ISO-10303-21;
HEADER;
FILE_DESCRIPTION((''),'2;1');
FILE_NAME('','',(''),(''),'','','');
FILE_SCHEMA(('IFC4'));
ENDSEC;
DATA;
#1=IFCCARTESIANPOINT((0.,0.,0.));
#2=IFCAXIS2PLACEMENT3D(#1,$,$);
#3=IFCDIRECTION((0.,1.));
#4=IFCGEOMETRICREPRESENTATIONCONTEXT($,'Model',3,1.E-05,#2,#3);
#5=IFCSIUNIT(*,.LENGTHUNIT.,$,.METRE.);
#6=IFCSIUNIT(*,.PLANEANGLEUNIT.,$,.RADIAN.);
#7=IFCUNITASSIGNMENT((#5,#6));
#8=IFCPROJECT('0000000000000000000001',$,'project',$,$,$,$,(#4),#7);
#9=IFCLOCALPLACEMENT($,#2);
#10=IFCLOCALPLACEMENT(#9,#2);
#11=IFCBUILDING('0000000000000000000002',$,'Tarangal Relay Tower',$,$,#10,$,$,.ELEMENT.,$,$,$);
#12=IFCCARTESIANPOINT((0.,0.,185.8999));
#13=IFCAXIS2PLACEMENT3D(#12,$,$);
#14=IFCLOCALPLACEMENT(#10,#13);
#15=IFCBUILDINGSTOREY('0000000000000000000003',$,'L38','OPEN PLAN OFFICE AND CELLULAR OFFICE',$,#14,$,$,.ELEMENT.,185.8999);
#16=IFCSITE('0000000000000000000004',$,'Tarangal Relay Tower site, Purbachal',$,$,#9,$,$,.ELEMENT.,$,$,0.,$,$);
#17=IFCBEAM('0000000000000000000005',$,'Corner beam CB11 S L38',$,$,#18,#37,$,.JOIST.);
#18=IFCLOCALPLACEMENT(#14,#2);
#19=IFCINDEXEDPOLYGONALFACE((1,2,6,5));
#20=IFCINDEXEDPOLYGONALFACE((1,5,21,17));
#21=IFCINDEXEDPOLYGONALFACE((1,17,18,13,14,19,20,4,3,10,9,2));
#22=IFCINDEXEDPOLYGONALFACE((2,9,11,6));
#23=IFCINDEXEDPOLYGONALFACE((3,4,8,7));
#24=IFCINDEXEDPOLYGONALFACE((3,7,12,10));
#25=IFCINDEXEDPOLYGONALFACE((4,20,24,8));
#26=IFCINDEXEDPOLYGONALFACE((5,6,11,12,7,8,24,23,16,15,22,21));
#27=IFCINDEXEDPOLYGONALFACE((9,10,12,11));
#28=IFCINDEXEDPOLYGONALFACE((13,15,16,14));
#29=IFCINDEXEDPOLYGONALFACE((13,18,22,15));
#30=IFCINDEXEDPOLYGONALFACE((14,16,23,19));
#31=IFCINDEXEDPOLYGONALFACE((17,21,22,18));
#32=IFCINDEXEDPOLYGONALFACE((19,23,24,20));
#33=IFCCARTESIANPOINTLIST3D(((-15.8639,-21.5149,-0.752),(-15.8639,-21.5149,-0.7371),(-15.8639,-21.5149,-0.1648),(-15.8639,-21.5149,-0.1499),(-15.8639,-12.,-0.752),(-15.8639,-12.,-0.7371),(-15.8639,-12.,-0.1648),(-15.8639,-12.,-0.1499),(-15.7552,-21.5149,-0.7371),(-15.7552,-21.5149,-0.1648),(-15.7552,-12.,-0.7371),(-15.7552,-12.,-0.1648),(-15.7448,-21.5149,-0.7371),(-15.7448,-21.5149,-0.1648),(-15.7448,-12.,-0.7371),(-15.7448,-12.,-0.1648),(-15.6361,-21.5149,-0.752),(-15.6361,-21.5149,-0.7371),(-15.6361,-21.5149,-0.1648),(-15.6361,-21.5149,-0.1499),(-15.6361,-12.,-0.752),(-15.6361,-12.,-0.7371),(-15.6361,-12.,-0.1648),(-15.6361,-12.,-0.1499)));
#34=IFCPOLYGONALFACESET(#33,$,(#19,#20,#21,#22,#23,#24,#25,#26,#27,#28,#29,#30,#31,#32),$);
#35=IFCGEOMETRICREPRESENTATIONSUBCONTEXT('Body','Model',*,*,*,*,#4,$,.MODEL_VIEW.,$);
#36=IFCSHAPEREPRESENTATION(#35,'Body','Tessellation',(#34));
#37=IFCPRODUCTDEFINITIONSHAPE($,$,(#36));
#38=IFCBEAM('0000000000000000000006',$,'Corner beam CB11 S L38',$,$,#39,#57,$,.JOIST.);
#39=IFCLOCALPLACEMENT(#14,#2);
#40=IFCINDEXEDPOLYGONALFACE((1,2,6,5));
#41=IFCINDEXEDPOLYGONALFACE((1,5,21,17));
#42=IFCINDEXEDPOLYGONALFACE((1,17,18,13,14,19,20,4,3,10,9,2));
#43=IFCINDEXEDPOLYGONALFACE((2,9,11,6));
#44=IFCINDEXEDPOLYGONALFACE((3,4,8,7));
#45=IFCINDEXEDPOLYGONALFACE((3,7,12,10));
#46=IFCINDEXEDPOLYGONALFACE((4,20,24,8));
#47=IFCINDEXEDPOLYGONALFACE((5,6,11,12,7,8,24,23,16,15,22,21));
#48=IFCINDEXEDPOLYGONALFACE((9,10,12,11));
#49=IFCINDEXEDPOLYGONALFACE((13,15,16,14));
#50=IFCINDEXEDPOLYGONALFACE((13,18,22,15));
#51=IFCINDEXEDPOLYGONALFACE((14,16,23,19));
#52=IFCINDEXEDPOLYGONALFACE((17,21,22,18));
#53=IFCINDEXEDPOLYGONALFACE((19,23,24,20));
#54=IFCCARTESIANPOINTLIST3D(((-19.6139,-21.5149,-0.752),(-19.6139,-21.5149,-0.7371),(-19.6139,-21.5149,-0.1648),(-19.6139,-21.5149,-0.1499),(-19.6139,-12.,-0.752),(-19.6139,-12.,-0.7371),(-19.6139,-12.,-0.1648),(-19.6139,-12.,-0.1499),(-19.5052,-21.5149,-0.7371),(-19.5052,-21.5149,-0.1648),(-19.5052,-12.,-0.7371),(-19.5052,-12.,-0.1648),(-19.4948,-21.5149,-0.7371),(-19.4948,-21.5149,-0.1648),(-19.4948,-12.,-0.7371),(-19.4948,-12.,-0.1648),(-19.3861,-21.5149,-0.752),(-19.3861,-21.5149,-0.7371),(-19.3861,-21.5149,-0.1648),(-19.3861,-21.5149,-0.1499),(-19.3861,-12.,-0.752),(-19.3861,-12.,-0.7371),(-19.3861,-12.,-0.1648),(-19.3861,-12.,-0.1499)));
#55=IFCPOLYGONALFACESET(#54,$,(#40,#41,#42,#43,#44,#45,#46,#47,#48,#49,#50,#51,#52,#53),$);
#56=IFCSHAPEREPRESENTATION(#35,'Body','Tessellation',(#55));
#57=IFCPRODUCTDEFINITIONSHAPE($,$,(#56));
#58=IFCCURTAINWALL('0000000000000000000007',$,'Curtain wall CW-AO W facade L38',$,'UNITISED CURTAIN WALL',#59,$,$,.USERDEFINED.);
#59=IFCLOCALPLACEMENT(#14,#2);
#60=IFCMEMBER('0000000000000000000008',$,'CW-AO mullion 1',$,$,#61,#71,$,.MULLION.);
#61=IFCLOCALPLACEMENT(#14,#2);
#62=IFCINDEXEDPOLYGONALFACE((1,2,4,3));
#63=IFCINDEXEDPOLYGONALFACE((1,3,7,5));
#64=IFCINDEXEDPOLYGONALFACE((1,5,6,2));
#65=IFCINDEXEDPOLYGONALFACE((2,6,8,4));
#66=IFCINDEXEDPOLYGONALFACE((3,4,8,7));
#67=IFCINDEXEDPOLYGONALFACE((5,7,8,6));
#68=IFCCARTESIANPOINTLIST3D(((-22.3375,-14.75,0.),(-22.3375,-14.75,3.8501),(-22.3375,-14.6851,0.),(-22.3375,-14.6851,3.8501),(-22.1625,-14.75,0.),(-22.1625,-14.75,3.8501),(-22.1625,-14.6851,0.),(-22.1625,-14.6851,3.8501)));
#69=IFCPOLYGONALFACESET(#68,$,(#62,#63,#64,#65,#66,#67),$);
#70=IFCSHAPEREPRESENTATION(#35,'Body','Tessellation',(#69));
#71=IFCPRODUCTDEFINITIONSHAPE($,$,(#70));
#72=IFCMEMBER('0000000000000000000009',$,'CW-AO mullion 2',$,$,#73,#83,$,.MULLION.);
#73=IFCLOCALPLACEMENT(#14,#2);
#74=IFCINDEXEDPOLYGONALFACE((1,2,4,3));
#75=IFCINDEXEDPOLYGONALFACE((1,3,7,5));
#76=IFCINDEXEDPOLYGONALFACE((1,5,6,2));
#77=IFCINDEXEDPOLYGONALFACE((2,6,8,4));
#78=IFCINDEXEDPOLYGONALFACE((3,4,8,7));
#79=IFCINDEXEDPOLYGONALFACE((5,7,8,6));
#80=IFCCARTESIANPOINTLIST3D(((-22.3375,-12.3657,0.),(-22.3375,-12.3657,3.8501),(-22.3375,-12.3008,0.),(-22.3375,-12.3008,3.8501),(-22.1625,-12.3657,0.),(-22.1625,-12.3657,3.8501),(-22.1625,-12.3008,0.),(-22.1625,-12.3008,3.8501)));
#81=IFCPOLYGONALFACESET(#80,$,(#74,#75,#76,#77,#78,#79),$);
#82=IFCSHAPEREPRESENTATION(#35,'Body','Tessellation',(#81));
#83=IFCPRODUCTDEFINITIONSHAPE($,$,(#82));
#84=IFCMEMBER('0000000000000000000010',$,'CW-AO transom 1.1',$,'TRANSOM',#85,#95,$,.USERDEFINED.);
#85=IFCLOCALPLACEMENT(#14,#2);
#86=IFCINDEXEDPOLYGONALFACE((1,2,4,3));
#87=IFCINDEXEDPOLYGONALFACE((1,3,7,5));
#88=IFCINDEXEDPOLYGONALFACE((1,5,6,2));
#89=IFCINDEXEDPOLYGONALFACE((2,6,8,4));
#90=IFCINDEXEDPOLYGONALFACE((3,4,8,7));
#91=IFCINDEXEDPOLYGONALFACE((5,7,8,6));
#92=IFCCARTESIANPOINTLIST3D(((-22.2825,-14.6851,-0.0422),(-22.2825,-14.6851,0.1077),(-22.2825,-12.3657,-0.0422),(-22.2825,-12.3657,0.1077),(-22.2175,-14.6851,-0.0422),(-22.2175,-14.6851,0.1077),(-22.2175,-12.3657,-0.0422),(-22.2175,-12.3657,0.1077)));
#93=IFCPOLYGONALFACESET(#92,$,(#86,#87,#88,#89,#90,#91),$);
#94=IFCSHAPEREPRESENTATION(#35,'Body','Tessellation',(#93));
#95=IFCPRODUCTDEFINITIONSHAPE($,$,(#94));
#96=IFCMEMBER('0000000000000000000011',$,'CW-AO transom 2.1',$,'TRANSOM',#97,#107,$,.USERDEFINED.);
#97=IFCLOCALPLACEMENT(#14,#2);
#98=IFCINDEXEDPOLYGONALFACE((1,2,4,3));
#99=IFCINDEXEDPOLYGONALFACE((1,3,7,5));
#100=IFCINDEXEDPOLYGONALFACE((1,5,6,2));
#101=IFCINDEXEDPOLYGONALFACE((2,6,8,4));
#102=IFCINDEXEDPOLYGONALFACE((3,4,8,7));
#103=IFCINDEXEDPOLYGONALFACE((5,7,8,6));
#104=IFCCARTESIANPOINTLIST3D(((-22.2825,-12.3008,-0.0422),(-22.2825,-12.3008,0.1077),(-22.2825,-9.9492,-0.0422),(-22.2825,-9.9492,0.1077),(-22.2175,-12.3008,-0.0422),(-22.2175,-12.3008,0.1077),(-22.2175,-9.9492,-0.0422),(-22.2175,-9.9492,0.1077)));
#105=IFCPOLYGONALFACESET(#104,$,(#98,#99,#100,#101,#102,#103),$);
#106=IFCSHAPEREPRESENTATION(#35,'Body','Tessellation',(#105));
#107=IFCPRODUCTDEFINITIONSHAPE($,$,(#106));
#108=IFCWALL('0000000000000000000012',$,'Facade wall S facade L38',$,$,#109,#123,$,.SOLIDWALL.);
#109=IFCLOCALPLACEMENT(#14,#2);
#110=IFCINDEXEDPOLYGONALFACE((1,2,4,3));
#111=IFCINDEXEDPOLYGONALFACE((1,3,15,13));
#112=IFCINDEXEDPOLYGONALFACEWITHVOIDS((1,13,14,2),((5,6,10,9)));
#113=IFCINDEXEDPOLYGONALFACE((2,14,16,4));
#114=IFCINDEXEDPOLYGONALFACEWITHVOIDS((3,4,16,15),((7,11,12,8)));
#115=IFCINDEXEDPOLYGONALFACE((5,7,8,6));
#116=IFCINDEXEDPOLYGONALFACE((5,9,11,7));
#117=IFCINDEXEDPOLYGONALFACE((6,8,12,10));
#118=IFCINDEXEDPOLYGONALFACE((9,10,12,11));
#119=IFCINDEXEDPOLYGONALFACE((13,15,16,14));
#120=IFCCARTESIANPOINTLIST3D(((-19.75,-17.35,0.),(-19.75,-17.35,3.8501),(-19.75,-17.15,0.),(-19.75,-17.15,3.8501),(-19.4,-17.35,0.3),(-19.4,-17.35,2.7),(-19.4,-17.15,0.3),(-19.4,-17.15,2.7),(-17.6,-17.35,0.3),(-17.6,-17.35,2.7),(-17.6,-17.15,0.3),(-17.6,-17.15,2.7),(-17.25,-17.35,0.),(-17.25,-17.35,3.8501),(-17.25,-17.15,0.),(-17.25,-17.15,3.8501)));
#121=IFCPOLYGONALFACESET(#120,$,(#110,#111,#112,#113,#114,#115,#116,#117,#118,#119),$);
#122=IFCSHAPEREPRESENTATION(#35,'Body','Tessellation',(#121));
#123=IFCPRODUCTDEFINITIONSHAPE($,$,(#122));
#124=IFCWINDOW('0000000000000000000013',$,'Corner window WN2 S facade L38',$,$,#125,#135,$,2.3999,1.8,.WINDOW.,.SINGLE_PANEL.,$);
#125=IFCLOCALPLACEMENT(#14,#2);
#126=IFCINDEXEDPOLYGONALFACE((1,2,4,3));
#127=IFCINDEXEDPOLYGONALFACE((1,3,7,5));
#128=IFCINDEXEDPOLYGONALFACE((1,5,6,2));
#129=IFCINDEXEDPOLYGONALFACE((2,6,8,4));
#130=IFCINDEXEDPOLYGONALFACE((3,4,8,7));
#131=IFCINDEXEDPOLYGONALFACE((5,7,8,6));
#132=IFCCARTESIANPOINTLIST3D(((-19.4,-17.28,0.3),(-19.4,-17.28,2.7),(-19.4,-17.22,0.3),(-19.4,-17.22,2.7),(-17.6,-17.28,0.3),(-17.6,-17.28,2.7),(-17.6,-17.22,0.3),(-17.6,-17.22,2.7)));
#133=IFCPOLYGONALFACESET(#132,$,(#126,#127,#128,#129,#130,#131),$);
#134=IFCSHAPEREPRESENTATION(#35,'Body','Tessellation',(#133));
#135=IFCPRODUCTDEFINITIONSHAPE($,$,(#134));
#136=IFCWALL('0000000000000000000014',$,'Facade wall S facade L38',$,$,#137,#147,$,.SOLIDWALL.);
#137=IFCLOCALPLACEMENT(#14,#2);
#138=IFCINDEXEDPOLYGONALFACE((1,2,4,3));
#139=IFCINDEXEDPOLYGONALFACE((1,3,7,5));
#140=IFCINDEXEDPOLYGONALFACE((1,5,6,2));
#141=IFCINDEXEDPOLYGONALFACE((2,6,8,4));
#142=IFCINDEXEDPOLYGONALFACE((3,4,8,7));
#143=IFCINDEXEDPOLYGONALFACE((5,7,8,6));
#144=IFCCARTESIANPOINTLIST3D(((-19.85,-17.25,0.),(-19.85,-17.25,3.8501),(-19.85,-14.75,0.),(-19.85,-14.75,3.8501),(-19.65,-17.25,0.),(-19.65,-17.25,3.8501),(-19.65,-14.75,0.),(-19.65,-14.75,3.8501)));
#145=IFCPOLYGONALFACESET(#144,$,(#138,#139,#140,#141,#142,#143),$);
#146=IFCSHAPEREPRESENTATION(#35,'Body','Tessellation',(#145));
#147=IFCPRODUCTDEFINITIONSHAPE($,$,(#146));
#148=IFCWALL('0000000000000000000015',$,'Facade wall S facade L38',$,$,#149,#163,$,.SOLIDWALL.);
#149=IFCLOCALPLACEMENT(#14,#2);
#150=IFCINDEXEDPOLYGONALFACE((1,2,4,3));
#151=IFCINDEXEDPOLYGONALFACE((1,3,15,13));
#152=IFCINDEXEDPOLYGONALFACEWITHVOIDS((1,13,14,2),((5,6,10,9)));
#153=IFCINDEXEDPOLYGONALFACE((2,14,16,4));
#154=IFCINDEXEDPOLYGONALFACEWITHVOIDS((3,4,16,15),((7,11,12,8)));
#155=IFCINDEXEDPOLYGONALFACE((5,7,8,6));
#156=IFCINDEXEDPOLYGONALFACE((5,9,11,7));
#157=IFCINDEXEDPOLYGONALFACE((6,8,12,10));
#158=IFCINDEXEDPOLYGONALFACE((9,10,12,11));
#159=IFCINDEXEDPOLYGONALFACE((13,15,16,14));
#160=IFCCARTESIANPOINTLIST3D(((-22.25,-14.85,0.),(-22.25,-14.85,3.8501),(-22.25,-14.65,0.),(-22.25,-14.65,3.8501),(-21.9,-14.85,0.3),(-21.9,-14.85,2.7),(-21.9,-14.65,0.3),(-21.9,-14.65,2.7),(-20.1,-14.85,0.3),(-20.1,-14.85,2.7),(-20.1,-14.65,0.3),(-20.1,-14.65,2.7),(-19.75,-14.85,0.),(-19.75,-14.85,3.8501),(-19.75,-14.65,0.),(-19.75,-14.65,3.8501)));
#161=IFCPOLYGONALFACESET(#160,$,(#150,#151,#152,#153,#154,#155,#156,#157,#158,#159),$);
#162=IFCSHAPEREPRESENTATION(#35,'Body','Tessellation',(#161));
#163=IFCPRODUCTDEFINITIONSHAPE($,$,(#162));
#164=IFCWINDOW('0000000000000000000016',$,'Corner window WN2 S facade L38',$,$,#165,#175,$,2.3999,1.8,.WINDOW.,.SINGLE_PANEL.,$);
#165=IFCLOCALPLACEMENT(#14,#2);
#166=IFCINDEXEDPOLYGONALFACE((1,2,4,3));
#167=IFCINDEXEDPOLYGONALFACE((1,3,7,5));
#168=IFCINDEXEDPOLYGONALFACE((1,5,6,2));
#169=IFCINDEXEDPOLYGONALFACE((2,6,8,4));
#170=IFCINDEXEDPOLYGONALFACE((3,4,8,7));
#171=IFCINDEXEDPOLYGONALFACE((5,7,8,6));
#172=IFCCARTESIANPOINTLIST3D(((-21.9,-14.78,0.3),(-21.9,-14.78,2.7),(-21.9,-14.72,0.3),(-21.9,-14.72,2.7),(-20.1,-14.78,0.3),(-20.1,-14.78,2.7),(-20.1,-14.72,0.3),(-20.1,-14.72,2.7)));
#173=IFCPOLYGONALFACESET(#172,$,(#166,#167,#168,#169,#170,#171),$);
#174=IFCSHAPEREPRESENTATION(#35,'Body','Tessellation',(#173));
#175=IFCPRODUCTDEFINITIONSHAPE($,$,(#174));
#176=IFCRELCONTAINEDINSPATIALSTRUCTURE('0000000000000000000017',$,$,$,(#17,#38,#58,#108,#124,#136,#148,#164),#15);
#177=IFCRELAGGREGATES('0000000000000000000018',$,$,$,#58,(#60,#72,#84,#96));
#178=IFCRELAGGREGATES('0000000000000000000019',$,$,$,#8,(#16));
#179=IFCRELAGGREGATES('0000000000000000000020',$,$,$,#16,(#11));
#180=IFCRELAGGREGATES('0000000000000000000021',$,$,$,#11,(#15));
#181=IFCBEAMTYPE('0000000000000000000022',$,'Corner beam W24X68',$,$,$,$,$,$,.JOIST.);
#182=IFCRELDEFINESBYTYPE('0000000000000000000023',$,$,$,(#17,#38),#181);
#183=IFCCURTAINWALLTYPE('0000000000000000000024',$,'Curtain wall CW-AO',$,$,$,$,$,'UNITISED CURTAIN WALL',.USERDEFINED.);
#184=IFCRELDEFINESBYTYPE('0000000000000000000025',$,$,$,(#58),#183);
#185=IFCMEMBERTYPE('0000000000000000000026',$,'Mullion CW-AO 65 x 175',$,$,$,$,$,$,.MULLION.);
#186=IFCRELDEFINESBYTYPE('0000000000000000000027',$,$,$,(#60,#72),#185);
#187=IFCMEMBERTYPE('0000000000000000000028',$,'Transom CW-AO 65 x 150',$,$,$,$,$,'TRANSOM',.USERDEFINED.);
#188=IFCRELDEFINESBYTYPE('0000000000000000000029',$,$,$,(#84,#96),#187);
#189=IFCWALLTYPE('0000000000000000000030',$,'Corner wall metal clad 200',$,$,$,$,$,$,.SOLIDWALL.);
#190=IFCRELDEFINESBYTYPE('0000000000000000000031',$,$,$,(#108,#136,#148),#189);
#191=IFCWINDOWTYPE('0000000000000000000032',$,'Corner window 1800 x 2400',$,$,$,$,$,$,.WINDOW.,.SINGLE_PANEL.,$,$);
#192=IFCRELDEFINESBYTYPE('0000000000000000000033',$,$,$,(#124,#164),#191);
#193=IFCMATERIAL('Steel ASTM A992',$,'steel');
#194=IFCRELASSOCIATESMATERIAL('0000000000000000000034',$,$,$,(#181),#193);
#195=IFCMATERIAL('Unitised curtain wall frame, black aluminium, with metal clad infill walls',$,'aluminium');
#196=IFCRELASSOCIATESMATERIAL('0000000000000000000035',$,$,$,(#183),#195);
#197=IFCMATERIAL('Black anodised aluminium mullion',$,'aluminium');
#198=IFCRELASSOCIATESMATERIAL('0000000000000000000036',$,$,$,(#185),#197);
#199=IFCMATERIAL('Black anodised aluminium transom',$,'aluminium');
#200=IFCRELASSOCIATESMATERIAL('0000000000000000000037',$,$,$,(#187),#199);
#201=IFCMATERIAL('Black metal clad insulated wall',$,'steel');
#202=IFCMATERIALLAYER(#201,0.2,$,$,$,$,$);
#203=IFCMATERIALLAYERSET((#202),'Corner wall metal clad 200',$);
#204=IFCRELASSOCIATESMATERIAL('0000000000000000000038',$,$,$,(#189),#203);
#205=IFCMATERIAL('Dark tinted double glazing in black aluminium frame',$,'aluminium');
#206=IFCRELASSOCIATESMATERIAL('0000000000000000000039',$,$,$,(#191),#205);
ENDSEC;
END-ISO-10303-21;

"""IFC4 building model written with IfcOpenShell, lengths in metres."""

from ifc_helpers import new_model, si_unit, direction, frame, frame_2d, origin, origin_2d, place, context, subcontext, project, spatial, rectangle, i_section, extrude, material, layer, layer_set, material_profile, profile_set, type_object, element, fill, aggregate, save


model = new_model("IFC4")

# Units and contexts
model_context = context("Model", 3, precision=1e-05, world=origin(), true_north=direction((0.0, 1.0)))
body_context = subcontext(model_context, "Body", "Model", "MODEL_VIEW")
ifc_project = project(units=[si_unit("LENGTHUNIT", "METRE"), si_unit("PLANEANGLEUNIT", "RADIAN")], contexts=[model_context])

# Site, building, storey
site_placement = place(None, origin())
site = spatial("IfcSite", under=ifc_project, at=site_placement, Name="Tarangal Relay Tower site, Purbachal", CompositionType="ELEMENT", RefElevation=0.0)
building_placement = place(site_placement, origin())
building = spatial("IfcBuilding", under=site, at=building_placement, Name="Tarangal Relay Tower", CompositionType="ELEMENT")
storey_placement = place(building_placement, frame((0.0, 0.0, 185.8999)))
storey = spatial("IfcBuildingStorey", under=building, at=storey_placement, Name="L38", Description="OPEN PLAN OFFICE AND CELLULAR OFFICE", CompositionType="ELEMENT", Elevation=185.8999)

# Beams
ifc_material_1 = material(Name="Steel ASTM A992", Category="steel")
ifc_material_profile_1 = material_profile(ifc_material_1, i_section(OverallWidth=0.2278, OverallDepth=0.6021, WebThickness=0.0105, FlangeThickness=0.0149, at=origin_2d()), Name="W24X68")
ifc_profile_set_1 = profile_set([ifc_material_profile_1], Name="Steel ASTM A992")
beam_type = type_object("IfcBeamType", Name="Corner beam W24X68", PredefinedType="JOIST", material=ifc_profile_set_1)
for number, where, z_axis, x_axis, name in (
    (1, (-15.75, -12.0, -0.4509), (0.0, -1.0, 0.0), (1.0, 0.0, 0.0), "Corner beam CB11 S L38"),
    (2, (-19.5, -12.0, -0.4509), (0.0, -1.0, 0.0), (1.0, 0.0, 0.0), "Corner beam CB11 S L38"),
):
    element("IfcBeam", number, at=place(storey_placement, frame(where, z_axis=z_axis, x_axis=x_axis)), inside=storey, type_object=beam_type, Name=name, PredefinedType="JOIST", context=body_context, shape_type="SweptSolid", body=[
        extrude(i_section(OverallWidth=0.2278, OverallDepth=0.6021, WebThickness=0.0105, FlangeThickness=0.0149, at=origin_2d()), origin(), (0.0, 0.0, 1.0), 9.5149),
    ])

# Curtain wall, members
ifc_material_2 = material(Name="Unitised curtain wall frame, black aluminium, with metal clad infill walls", Category="aluminium")
curtain_wall_type = type_object("IfcCurtainWallType", Name="Curtain wall CW-AO", ElementType="UNITISED CURTAIN WALL", PredefinedType="USERDEFINED", material=ifc_material_2)
curtain_wall_placement = place(storey_placement, origin())
curtain_wall = element("IfcCurtainWall", 3, at=curtain_wall_placement, inside=storey, type_object=curtain_wall_type, Name="Curtain wall CW-AO W facade L38", ObjectType="UNITISED CURTAIN WALL", PredefinedType="USERDEFINED")
ifc_material_3 = material(Name="Black anodised aluminium mullion", Category="aluminium")
ifc_material_profile_2 = material_profile(ifc_material_3, rectangle(XDim=0.175, YDim=0.0649, at=origin_2d()), Name="CW-AOM 65X175")
ifc_profile_set_2 = profile_set([ifc_material_profile_2], Name="Black anodised aluminium mullion")
member_type_1 = type_object("IfcMemberType", Name="Mullion CW-AO 65 x 175", PredefinedType="MULLION", material=ifc_profile_set_2)
member_1_placement = place(storey_placement, frame((-22.25, -14.7175, 0.0), z_axis=(0.0, 0.0, 1.0), x_axis=(-1.0, 0.0, 0.0)))
member_1 = element("IfcMember", 4, at=member_1_placement, type_object=member_type_1, Name="CW-AO mullion 1", PredefinedType="MULLION", context=body_context, shape_type="SweptSolid", body=[
    extrude(rectangle(XDim=0.175, YDim=0.0649, at=origin_2d()), origin(), (0.0, 0.0, 1.0), 3.8501),
])
member_2_placement = place(storey_placement, frame((-22.25, -12.3333, 0.0), z_axis=(0.0, 0.0, 1.0), x_axis=(-1.0, 0.0, 0.0)))
member_2 = element("IfcMember", 5, at=member_2_placement, type_object=member_type_1, Name="CW-AO mullion 2", PredefinedType="MULLION", context=body_context, shape_type="SweptSolid", body=[
    extrude(rectangle(XDim=0.175, YDim=0.0649, at=origin_2d()), origin(), (0.0, 0.0, 1.0), 3.8501),
])
ifc_material_4 = material(Name="Black anodised aluminium transom", Category="aluminium")
ifc_material_profile_3 = material_profile(ifc_material_4, rectangle(XDim=0.0649, YDim=0.1499, at=origin_2d()), Name="CW-AOT 65X150")
ifc_profile_set_3 = profile_set([ifc_material_profile_3], Name="Black anodised aluminium transom")
member_type_2 = type_object("IfcMemberType", Name="Transom CW-AO 65 x 150", ElementType="TRANSOM", PredefinedType="USERDEFINED", material=ifc_profile_set_3)
member_3_placement = place(storey_placement, frame((-22.25, -14.6851, 0.0327), z_axis=(0.0, 1.0, 0.0), x_axis=(-1.0, 0.0, 0.0)))
member_3 = element("IfcMember", 6, at=member_3_placement, type_object=member_type_2, Name="CW-AO transom 1.1", ObjectType="TRANSOM", PredefinedType="USERDEFINED", context=body_context, shape_type="SweptSolid", body=[
    extrude(rectangle(XDim=0.0649, YDim=0.1499, at=origin_2d()), origin(), (0.0, 0.0, 1.0), 2.3193),
])
member_4_placement = place(storey_placement, frame((-22.25, -12.3008, 0.0327), z_axis=(0.0, 1.0, 0.0), x_axis=(-1.0, 0.0, 0.0)))
member_4 = element("IfcMember", 7, at=member_4_placement, type_object=member_type_2, Name="CW-AO transom 2.1", ObjectType="TRANSOM", PredefinedType="USERDEFINED", context=body_context, shape_type="SweptSolid", body=[
    extrude(rectangle(XDim=0.0649, YDim=0.1499, at=origin_2d()), origin(), (0.0, 0.0, 1.0), 2.3516),
])
aggregate(curtain_wall, [member_1, member_2, member_3, member_4])

# Wall, opening, window
ifc_material_5 = material(Name="Black metal clad insulated wall", Category="steel")
ifc_layer_1 = layer(ifc_material_5, 0.2)
ifc_layer_set_1 = layer_set([ifc_layer_1], Name="Corner wall metal clad 200")
wall_type_1 = type_object("IfcWallType", Name="Corner wall metal clad 200", PredefinedType="SOLIDWALL", material=ifc_layer_set_1)
wall_1_placement = place(storey_placement, frame((-17.25, -17.25, 0.0), z_axis=(0.0, 0.0, 1.0), x_axis=(-1.0, 0.0, 0.0)))
wall_1 = element("IfcWall", 8, at=wall_1_placement, inside=storey, type_object=wall_type_1, Name="Facade wall S facade L38", PredefinedType="SOLIDWALL", context=body_context, shape_type="SweptSolid", body=[
    extrude(rectangle(XDim=2.5, YDim=0.2, at=frame_2d((1.25, 0.0))), origin(), (0.0, 0.0, 1.0), 3.8501),
])
opening_1_placement = place(wall_1_placement, frame((0.3501, 0.0, 0.3)))
opening_1 = element("IfcOpeningElement", 9, at=opening_1_placement, cuts=wall_1, PredefinedType="OPENING", context=body_context, shape_type="SweptSolid", body=[
    extrude(rectangle(XDim=1.8, YDim=2.3999, at=frame_2d((0.8999, 1.2))), frame((0.0, 0.1099, 0.0), z_axis=(0.0, -1.0, 0.0), x_axis=(1.0, 0.0, 0.0)), (0.0, 0.0, 1.0), 0.22),
])
ifc_material_6 = material(Name="Dark tinted double glazing in black aluminium frame", Category="aluminium")
window_type = type_object("IfcWindowType", Name="Corner window 1800 x 2400", PartitioningType="SINGLE_PANEL", PredefinedType="WINDOW", material=ifc_material_6)
window_1_placement = place(opening_1_placement, origin())
window_1 = element("IfcWindow", 10, at=window_1_placement, inside=storey, type_object=window_type, Name="Corner window WN2 S facade L38", OverallHeight=2.3999, OverallWidth=1.8, PartitioningType="SINGLE_PANEL", PredefinedType="WINDOW", context=body_context, shape_type="SweptSolid", body=[
    extrude(rectangle(XDim=1.8, YDim=2.3999, at=frame_2d((0.8999, 1.2))), frame((0.0, 0.03, 0.0), z_axis=(0.0, -1.0, 0.0), x_axis=(1.0, 0.0, 0.0)), (0.0, 0.0, 1.0), 0.0601),
])
fill(opening_1, window_1)

# Wall
wall_2_placement = place(storey_placement, frame((-19.75, -17.25, 0.0), z_axis=(0.0, 0.0, 1.0), x_axis=(0.0, 1.0, 0.0)))
element("IfcWall", 11, at=wall_2_placement, inside=storey, type_object=wall_type_1, Name="Facade wall S facade L38", PredefinedType="SOLIDWALL", context=body_context, shape_type="SweptSolid", body=[
    extrude(rectangle(XDim=2.5, YDim=0.2, at=frame_2d((1.25, 0.0))), origin(), (0.0, 0.0, 1.0), 3.8501),
])

# Wall, opening, window
wall_3_placement = place(storey_placement, frame((-19.75, -14.75, 0.0), z_axis=(0.0, 0.0, 1.0), x_axis=(-1.0, 0.0, 0.0)))
wall_3 = element("IfcWall", 12, at=wall_3_placement, inside=storey, type_object=wall_type_1, Name="Facade wall S facade L38", PredefinedType="SOLIDWALL", context=body_context, shape_type="SweptSolid", body=[
    extrude(rectangle(XDim=2.5, YDim=0.2, at=frame_2d((1.25, 0.0))), origin(), (0.0, 0.0, 1.0), 3.8501),
])
opening_2_placement = place(wall_3_placement, frame((0.3501, 0.0, 0.3)))
opening_2 = element("IfcOpeningElement", 13, at=opening_2_placement, cuts=wall_3, PredefinedType="OPENING", context=body_context, shape_type="SweptSolid", body=[
    extrude(rectangle(XDim=1.8, YDim=2.3999, at=frame_2d((0.8999, 1.2))), frame((0.0, 0.1099, 0.0), z_axis=(0.0, -1.0, 0.0), x_axis=(1.0, 0.0, 0.0)), (0.0, 0.0, 1.0), 0.22),
])
window_2_placement = place(opening_2_placement, origin())
window_2 = element("IfcWindow", 14, at=window_2_placement, inside=storey, type_object=window_type, Name="Corner window WN2 S facade L38", OverallHeight=2.3999, OverallWidth=1.8, PartitioningType="SINGLE_PANEL", PredefinedType="WINDOW", context=body_context, shape_type="SweptSolid", body=[
    extrude(rectangle(XDim=1.8, YDim=2.3999, at=frame_2d((0.8999, 1.2))), frame((0.0, 0.03, 0.0), z_axis=(0.0, -1.0, 0.0), x_axis=(1.0, 0.0, 0.0)), (0.0, 0.0, 1.0), 0.0601),
])
fill(opening_2, window_2)

save(model, "model.ifc")
